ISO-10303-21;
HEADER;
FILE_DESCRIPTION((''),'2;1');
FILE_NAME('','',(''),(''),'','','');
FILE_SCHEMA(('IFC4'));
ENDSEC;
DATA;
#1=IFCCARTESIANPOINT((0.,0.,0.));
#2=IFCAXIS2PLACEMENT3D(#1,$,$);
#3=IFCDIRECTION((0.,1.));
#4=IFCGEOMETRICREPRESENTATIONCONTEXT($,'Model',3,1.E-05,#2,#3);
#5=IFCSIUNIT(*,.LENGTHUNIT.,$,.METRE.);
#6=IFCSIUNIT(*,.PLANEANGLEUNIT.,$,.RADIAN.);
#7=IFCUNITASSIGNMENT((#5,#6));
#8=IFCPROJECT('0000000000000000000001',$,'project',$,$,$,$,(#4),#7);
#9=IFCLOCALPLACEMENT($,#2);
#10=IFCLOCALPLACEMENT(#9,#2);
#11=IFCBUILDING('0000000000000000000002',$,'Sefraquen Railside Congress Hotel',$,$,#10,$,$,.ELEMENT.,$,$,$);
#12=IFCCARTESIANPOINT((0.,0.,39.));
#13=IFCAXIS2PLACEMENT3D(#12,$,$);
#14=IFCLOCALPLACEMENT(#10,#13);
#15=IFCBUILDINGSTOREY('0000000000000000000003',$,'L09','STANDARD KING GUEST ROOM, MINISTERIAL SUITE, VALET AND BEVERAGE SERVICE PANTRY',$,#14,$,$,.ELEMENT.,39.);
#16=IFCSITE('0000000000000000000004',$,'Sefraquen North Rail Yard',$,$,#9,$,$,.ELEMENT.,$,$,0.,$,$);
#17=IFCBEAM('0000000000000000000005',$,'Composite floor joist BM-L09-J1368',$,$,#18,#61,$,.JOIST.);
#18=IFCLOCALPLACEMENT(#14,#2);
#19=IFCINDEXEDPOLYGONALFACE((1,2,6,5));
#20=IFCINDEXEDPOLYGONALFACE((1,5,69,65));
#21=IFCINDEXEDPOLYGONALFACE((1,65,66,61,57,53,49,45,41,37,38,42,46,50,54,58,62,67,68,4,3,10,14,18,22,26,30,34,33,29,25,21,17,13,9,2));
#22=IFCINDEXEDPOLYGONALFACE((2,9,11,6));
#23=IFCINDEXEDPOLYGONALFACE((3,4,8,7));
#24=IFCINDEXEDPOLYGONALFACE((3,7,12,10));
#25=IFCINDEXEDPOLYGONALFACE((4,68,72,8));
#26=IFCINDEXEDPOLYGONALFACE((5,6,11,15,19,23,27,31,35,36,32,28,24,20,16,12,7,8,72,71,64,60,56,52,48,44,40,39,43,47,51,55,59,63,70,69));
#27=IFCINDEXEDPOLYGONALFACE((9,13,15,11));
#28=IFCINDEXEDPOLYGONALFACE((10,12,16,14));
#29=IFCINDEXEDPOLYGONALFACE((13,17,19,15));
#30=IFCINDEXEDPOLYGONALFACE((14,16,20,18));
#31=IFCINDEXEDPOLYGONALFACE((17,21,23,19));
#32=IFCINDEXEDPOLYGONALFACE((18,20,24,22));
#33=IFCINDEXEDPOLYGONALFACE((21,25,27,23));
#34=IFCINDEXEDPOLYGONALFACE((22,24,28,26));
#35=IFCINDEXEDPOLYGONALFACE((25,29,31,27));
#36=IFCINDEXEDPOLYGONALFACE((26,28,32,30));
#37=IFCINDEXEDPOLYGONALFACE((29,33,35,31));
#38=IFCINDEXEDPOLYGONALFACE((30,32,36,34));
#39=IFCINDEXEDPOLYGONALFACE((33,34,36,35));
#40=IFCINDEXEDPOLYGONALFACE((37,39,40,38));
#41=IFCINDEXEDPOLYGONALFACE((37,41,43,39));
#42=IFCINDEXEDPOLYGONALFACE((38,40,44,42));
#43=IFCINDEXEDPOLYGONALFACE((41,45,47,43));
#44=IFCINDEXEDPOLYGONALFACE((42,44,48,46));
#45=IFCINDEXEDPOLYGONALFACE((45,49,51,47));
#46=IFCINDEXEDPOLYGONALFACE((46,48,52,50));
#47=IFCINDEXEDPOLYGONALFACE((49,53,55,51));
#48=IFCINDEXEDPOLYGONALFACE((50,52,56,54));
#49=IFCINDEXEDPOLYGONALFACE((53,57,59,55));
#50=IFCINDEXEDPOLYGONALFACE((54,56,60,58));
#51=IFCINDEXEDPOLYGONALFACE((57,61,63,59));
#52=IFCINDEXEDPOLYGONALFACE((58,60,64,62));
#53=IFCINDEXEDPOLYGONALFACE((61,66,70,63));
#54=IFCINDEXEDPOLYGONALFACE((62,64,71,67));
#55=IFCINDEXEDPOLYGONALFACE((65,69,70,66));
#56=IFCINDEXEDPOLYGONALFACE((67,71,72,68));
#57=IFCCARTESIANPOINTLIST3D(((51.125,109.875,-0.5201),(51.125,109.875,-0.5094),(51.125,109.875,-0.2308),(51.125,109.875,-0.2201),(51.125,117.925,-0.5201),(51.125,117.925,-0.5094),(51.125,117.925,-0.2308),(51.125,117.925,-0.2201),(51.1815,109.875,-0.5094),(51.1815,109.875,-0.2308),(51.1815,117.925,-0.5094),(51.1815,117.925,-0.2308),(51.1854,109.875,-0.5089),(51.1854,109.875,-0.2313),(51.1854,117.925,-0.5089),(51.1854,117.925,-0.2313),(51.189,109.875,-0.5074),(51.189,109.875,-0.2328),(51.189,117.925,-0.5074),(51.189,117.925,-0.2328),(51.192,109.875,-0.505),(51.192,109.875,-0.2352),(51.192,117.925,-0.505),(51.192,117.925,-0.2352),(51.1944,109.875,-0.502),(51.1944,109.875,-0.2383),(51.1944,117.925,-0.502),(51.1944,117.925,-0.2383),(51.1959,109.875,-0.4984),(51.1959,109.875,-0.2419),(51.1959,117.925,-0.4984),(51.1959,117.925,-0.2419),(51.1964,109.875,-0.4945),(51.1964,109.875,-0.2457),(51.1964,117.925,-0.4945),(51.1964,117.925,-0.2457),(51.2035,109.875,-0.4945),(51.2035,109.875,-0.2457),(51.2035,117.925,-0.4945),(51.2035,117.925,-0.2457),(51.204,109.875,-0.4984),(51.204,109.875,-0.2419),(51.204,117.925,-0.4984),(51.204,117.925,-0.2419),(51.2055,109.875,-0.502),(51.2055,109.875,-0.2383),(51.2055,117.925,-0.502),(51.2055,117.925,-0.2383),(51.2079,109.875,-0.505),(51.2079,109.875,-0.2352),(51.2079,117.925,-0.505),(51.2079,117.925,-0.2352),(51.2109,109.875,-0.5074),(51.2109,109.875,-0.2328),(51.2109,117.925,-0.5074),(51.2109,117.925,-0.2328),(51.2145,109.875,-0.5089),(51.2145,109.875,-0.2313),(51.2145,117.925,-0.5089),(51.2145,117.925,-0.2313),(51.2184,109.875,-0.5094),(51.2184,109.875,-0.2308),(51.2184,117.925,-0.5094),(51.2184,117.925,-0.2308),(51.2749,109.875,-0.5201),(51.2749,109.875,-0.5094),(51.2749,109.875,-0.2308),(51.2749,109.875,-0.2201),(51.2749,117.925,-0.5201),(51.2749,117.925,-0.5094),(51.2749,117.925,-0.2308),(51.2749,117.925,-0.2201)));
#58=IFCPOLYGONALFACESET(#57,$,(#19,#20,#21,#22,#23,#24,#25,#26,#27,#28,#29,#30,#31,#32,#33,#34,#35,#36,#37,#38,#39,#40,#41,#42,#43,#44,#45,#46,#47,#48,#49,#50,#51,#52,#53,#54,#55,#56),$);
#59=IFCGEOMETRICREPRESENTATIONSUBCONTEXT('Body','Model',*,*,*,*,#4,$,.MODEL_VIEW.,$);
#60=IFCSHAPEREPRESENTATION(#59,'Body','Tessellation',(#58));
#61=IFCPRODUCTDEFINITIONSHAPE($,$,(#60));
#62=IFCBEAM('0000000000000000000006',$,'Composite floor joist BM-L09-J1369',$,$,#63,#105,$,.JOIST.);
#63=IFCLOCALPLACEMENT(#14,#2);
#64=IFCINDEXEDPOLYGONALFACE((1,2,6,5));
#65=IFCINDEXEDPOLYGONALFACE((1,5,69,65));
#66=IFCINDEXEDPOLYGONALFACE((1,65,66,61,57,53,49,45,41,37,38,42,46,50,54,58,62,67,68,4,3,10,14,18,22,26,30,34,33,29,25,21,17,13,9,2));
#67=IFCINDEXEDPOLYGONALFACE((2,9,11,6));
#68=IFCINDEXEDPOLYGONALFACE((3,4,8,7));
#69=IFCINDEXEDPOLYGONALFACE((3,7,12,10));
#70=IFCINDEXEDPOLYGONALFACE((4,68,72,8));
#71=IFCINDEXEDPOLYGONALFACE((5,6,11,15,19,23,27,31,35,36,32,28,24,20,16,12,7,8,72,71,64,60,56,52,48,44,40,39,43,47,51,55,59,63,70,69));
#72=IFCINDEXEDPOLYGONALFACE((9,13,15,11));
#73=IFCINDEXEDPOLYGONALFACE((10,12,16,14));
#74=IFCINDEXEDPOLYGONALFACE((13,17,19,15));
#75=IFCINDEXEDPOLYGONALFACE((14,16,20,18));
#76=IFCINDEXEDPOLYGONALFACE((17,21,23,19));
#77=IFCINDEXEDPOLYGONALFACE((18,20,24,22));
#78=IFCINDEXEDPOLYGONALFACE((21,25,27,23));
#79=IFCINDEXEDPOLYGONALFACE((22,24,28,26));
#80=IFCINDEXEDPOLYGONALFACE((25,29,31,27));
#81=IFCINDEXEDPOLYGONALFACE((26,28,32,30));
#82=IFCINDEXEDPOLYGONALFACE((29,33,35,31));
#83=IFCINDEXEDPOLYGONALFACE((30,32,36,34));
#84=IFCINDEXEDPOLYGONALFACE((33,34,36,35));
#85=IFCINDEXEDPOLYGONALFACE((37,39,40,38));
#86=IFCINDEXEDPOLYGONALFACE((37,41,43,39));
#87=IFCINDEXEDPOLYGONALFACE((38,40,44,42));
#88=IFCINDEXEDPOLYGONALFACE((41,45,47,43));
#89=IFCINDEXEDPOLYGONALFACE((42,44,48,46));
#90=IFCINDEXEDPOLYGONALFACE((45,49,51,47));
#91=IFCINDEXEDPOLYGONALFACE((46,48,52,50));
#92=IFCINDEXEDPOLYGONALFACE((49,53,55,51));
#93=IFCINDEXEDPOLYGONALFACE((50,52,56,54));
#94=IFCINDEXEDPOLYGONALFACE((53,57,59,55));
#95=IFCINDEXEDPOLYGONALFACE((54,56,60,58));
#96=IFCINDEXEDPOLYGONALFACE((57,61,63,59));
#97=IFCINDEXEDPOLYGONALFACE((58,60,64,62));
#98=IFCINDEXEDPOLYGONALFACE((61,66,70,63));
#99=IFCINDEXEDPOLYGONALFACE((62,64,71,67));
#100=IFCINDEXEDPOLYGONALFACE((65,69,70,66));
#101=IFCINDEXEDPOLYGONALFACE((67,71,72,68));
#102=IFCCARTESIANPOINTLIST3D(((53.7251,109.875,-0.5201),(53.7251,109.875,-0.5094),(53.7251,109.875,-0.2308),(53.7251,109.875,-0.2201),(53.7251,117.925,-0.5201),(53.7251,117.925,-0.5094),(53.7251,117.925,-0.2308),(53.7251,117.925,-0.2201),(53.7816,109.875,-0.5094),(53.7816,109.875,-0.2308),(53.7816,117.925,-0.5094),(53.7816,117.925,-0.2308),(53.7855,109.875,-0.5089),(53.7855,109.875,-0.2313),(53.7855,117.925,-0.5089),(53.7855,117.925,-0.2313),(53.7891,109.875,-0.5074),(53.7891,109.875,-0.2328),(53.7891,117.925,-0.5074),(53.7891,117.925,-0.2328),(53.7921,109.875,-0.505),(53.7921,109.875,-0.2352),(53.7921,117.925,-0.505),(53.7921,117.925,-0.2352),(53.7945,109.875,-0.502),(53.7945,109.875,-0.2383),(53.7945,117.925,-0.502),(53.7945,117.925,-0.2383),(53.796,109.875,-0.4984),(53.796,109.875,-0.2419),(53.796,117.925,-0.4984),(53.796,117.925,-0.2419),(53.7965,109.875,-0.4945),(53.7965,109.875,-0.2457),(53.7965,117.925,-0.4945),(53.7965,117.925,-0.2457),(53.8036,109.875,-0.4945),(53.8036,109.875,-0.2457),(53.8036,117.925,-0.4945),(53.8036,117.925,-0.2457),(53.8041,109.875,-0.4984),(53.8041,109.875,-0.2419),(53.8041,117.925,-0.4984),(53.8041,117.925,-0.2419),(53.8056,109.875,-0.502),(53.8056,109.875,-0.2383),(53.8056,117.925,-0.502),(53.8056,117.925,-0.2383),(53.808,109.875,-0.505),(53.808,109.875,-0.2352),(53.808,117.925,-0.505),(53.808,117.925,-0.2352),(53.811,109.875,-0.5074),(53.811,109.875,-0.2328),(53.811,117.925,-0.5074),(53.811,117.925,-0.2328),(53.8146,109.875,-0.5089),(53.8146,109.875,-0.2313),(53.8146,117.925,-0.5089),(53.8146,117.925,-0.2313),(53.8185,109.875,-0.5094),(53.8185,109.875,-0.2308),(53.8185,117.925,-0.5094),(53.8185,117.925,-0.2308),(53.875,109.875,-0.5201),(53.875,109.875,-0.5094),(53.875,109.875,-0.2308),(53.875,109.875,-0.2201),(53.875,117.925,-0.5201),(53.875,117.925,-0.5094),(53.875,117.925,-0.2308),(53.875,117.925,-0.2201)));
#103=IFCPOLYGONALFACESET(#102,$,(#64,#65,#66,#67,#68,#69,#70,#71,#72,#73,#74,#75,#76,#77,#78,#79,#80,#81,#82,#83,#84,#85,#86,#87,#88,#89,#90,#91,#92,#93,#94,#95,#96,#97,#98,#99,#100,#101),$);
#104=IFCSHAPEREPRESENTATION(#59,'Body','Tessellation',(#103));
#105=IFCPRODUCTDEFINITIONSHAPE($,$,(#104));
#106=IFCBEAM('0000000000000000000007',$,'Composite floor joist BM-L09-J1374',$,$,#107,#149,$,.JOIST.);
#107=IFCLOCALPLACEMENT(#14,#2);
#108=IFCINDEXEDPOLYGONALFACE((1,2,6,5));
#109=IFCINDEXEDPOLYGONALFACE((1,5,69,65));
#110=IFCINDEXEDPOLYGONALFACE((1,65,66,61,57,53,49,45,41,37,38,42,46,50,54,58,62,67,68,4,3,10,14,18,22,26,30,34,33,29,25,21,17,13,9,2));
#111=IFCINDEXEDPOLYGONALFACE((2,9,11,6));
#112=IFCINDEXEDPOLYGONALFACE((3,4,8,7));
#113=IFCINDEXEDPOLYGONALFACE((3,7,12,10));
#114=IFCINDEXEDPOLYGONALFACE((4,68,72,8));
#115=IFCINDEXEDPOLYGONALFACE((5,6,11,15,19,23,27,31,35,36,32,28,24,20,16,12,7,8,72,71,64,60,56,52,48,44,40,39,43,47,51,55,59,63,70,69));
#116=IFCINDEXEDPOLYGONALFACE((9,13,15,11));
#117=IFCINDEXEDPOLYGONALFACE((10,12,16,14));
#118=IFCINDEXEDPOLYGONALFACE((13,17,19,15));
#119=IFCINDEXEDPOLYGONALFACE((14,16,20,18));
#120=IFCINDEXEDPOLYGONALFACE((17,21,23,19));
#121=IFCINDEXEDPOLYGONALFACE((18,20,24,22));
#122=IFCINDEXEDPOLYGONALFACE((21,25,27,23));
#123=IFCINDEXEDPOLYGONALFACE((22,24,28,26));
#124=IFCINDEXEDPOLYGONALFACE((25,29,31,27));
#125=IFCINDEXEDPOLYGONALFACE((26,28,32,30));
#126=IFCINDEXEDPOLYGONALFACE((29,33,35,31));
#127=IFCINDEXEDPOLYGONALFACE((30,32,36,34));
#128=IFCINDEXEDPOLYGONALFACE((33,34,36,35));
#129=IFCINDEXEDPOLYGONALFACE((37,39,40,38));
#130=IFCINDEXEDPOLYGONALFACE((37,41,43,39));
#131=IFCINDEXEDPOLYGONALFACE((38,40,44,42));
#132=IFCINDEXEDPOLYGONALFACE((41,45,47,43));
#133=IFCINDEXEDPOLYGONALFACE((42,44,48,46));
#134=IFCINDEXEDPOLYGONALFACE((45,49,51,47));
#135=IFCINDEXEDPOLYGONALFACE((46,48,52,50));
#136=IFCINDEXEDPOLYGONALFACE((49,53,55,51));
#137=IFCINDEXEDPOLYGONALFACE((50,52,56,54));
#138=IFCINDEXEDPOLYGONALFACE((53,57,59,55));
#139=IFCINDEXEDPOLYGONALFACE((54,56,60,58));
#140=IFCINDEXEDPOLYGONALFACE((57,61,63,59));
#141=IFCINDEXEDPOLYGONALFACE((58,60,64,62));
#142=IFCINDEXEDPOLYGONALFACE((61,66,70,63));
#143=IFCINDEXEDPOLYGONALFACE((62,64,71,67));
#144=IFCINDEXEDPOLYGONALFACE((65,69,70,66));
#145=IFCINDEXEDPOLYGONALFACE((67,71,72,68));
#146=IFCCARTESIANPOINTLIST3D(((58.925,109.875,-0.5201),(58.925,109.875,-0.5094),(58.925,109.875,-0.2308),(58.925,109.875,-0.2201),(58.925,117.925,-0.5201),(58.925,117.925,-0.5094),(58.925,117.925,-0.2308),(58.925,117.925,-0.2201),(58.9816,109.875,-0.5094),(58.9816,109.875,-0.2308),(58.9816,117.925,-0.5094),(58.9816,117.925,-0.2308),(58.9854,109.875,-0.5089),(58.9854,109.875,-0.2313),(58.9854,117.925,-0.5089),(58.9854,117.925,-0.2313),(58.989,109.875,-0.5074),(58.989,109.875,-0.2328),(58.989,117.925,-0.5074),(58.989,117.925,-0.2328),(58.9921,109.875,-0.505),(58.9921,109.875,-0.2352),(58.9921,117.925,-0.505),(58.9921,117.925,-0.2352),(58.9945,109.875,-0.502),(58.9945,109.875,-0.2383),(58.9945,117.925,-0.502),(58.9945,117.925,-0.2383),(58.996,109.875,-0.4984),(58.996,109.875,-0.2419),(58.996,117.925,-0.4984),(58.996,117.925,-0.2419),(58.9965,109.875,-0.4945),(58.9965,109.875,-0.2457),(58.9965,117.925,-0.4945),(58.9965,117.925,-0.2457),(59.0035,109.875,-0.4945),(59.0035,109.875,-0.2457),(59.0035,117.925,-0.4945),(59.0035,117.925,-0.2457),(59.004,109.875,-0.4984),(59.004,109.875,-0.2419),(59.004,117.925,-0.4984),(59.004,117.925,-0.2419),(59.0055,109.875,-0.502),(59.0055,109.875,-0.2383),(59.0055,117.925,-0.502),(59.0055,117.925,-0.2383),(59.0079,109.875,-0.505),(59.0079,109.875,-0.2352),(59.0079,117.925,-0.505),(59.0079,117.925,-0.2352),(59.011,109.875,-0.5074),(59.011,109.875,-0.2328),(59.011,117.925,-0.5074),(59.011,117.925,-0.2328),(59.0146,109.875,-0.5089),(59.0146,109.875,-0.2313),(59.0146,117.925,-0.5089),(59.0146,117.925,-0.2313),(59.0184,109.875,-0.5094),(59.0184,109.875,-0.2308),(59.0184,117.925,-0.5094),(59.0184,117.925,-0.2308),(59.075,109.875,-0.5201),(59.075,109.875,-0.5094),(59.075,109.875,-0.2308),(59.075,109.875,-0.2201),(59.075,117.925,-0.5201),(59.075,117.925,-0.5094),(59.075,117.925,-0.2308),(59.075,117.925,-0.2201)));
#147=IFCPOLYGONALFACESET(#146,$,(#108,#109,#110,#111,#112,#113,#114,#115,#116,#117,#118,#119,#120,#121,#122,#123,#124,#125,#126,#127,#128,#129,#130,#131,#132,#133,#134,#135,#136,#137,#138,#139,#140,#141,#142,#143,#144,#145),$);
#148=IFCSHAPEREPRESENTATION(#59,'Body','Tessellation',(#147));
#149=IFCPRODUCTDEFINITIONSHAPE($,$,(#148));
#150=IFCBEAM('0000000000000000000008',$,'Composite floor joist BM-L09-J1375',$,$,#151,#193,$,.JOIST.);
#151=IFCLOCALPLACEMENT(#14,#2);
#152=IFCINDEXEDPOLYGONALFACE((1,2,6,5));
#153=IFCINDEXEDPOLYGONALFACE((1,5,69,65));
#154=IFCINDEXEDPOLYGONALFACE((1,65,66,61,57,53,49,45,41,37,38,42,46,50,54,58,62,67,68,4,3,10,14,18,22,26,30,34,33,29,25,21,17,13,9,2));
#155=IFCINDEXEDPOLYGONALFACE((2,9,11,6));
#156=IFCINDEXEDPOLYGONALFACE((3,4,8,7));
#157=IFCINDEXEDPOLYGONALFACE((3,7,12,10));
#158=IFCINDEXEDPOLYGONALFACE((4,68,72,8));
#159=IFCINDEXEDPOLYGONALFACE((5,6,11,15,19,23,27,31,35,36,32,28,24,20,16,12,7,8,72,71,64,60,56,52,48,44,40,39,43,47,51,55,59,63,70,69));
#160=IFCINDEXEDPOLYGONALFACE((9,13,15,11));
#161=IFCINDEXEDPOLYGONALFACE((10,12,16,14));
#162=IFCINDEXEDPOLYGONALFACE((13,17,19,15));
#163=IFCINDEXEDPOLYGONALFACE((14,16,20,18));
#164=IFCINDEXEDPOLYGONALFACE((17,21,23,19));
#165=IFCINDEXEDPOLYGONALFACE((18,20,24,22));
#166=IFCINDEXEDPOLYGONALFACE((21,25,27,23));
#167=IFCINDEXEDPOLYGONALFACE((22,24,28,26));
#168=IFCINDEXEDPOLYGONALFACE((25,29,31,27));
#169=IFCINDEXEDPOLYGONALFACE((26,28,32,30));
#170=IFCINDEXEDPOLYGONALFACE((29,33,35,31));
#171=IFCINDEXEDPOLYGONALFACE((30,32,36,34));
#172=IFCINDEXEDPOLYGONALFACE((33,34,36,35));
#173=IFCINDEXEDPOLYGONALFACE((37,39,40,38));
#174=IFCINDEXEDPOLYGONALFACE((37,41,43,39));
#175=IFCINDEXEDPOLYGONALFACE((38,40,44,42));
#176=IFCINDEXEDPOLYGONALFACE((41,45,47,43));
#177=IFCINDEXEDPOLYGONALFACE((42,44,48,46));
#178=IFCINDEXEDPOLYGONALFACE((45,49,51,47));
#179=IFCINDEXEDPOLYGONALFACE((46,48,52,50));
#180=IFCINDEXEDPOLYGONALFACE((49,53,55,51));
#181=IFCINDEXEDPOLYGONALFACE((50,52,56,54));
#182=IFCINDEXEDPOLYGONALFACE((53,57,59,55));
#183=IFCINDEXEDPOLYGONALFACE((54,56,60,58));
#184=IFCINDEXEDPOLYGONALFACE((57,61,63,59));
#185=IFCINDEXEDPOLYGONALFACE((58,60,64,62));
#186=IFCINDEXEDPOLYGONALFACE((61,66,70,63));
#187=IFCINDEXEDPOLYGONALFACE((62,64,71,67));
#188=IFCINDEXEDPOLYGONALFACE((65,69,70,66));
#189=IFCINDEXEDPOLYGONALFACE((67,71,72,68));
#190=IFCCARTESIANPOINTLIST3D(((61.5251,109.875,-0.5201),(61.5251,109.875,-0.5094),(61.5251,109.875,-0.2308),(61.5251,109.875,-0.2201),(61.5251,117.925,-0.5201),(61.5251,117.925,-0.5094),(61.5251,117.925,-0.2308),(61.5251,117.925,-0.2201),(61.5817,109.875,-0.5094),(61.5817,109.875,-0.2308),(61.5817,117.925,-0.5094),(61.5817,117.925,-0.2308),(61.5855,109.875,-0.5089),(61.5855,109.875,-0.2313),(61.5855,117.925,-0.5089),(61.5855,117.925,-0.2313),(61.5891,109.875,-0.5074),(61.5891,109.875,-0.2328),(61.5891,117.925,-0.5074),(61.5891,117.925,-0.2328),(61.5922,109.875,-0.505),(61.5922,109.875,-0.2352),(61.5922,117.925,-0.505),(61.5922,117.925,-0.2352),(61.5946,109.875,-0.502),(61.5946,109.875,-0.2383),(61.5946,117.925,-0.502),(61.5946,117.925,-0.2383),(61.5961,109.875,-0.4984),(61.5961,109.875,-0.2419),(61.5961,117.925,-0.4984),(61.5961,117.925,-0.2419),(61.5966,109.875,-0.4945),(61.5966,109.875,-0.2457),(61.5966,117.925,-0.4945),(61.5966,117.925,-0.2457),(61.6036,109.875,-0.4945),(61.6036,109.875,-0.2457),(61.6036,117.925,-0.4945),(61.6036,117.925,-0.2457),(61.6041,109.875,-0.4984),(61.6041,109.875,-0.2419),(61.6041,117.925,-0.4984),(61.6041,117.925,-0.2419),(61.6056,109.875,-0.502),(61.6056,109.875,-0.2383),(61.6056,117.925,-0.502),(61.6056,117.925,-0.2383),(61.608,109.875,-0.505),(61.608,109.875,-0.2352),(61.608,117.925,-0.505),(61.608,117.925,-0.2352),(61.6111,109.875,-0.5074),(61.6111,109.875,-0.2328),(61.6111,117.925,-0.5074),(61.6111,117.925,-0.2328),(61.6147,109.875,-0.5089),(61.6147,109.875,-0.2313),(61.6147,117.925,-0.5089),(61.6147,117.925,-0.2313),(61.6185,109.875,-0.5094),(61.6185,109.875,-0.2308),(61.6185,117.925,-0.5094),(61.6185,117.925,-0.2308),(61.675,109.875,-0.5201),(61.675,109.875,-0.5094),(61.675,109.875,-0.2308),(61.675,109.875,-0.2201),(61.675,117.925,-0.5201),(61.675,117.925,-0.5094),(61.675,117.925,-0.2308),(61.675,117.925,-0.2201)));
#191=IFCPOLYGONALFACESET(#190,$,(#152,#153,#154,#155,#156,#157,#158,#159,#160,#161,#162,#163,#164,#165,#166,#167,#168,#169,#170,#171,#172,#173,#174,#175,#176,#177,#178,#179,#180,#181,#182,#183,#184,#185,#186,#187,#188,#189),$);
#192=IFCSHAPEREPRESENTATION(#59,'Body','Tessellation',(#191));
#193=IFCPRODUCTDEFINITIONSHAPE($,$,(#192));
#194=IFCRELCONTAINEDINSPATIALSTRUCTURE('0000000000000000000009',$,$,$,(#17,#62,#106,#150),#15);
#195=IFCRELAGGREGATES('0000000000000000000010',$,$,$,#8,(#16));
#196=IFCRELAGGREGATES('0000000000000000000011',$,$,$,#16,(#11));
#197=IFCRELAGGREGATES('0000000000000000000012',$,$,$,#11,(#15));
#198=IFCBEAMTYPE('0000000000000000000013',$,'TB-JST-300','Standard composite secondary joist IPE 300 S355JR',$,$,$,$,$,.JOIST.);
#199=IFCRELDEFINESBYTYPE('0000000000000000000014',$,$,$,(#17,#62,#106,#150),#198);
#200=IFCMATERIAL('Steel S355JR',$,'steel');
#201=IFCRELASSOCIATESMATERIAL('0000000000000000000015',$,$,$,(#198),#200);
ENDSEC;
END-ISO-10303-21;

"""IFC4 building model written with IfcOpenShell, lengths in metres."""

from ifc_helpers import new_model, si_unit, direction, frame, origin, origin_2d, place, context, subcontext, project, spatial, i_section, extrude, material, material_profile, profile_set, type_object, element, save


model = new_model("IFC4")

# Units and contexts
model_context = context("Model", 3, precision=1e-05, world=origin(), true_north=direction((0.0, 1.0)))
body_context = subcontext(model_context, "Body", "Model", "MODEL_VIEW")
ifc_project = project(units=[si_unit("LENGTHUNIT", "METRE"), si_unit("PLANEANGLEUNIT", "RADIAN")], contexts=[model_context])

# Site, building, storey
site_placement = place(None, origin())
site = spatial("IfcSite", under=ifc_project, at=site_placement, Name="Sefraquen North Rail Yard", CompositionType="ELEMENT", RefElevation=0.0)
building_placement = place(site_placement, origin())
building = spatial("IfcBuilding", under=site, at=building_placement, Name="Sefraquen Railside Congress Hotel", CompositionType="ELEMENT")
storey_placement = place(building_placement, frame((0.0, 0.0, 39.0)))
storey = spatial("IfcBuildingStorey", under=building, at=storey_placement, Name="L09", Description="STANDARD KING GUEST ROOM, MINISTERIAL SUITE, VALET AND BEVERAGE SERVICE PANTRY", CompositionType="ELEMENT", Elevation=39.0)

# Shared definitions
ifc_material_1 = material(Name="Steel S355JR", Category="steel")

# Beams
ifc_material_profile_1 = material_profile(ifc_material_1, i_section(OverallWidth=0.1499, OverallDepth=0.3, WebThickness=0.0071, FlangeThickness=0.0107, FilletRadius=0.0149, at=origin_2d()), Name="IPE 300")
ifc_profile_set_1 = profile_set([ifc_material_profile_1], Name="Steel S355JR")
beam_type_1 = type_object("IfcBeamType", Name="TB-JST-300", Description="Standard composite secondary joist IPE 300 S355JR", PredefinedType="JOIST", material=ifc_profile_set_1)
for number, where, z_axis, x_axis, name in (
    (1, (51.2, 109.875, -0.3701), (0.0, 1.0, 0.0), (-1.0, 0.0, 0.0), "Composite floor joist BM-L09-J1368"),
    (2, (53.8, 109.875, -0.3701), (0.0, 1.0, 0.0), (-1.0, 0.0, 0.0), "Composite floor joist BM-L09-J1369"),
    (3, (59.0, 109.875, -0.3701), (0.0, 1.0, 0.0), (-1.0, 0.0, 0.0), "Composite floor joist BM-L09-J1374"),
    (4, (61.6001, 109.875, -0.3701), (0.0, 1.0, 0.0), (-1.0, 0.0, 0.0), "Composite floor joist BM-L09-J1375"),
):
    element("IfcBeam", number, at=place(storey_placement, frame(where, z_axis=z_axis, x_axis=x_axis)), inside=storey, type_object=beam_type_1, Name=name, PredefinedType="JOIST", context=body_context, shape_type="SweptSolid", body=[
        extrude(i_section(OverallWidth=0.1499, OverallDepth=0.3, WebThickness=0.0071, FlangeThickness=0.0107, FilletRadius=0.0149, at=origin_2d()), origin(), (0.0, 0.0, 1.0), 8.05),
    ])

save(model, "model.ifc")
